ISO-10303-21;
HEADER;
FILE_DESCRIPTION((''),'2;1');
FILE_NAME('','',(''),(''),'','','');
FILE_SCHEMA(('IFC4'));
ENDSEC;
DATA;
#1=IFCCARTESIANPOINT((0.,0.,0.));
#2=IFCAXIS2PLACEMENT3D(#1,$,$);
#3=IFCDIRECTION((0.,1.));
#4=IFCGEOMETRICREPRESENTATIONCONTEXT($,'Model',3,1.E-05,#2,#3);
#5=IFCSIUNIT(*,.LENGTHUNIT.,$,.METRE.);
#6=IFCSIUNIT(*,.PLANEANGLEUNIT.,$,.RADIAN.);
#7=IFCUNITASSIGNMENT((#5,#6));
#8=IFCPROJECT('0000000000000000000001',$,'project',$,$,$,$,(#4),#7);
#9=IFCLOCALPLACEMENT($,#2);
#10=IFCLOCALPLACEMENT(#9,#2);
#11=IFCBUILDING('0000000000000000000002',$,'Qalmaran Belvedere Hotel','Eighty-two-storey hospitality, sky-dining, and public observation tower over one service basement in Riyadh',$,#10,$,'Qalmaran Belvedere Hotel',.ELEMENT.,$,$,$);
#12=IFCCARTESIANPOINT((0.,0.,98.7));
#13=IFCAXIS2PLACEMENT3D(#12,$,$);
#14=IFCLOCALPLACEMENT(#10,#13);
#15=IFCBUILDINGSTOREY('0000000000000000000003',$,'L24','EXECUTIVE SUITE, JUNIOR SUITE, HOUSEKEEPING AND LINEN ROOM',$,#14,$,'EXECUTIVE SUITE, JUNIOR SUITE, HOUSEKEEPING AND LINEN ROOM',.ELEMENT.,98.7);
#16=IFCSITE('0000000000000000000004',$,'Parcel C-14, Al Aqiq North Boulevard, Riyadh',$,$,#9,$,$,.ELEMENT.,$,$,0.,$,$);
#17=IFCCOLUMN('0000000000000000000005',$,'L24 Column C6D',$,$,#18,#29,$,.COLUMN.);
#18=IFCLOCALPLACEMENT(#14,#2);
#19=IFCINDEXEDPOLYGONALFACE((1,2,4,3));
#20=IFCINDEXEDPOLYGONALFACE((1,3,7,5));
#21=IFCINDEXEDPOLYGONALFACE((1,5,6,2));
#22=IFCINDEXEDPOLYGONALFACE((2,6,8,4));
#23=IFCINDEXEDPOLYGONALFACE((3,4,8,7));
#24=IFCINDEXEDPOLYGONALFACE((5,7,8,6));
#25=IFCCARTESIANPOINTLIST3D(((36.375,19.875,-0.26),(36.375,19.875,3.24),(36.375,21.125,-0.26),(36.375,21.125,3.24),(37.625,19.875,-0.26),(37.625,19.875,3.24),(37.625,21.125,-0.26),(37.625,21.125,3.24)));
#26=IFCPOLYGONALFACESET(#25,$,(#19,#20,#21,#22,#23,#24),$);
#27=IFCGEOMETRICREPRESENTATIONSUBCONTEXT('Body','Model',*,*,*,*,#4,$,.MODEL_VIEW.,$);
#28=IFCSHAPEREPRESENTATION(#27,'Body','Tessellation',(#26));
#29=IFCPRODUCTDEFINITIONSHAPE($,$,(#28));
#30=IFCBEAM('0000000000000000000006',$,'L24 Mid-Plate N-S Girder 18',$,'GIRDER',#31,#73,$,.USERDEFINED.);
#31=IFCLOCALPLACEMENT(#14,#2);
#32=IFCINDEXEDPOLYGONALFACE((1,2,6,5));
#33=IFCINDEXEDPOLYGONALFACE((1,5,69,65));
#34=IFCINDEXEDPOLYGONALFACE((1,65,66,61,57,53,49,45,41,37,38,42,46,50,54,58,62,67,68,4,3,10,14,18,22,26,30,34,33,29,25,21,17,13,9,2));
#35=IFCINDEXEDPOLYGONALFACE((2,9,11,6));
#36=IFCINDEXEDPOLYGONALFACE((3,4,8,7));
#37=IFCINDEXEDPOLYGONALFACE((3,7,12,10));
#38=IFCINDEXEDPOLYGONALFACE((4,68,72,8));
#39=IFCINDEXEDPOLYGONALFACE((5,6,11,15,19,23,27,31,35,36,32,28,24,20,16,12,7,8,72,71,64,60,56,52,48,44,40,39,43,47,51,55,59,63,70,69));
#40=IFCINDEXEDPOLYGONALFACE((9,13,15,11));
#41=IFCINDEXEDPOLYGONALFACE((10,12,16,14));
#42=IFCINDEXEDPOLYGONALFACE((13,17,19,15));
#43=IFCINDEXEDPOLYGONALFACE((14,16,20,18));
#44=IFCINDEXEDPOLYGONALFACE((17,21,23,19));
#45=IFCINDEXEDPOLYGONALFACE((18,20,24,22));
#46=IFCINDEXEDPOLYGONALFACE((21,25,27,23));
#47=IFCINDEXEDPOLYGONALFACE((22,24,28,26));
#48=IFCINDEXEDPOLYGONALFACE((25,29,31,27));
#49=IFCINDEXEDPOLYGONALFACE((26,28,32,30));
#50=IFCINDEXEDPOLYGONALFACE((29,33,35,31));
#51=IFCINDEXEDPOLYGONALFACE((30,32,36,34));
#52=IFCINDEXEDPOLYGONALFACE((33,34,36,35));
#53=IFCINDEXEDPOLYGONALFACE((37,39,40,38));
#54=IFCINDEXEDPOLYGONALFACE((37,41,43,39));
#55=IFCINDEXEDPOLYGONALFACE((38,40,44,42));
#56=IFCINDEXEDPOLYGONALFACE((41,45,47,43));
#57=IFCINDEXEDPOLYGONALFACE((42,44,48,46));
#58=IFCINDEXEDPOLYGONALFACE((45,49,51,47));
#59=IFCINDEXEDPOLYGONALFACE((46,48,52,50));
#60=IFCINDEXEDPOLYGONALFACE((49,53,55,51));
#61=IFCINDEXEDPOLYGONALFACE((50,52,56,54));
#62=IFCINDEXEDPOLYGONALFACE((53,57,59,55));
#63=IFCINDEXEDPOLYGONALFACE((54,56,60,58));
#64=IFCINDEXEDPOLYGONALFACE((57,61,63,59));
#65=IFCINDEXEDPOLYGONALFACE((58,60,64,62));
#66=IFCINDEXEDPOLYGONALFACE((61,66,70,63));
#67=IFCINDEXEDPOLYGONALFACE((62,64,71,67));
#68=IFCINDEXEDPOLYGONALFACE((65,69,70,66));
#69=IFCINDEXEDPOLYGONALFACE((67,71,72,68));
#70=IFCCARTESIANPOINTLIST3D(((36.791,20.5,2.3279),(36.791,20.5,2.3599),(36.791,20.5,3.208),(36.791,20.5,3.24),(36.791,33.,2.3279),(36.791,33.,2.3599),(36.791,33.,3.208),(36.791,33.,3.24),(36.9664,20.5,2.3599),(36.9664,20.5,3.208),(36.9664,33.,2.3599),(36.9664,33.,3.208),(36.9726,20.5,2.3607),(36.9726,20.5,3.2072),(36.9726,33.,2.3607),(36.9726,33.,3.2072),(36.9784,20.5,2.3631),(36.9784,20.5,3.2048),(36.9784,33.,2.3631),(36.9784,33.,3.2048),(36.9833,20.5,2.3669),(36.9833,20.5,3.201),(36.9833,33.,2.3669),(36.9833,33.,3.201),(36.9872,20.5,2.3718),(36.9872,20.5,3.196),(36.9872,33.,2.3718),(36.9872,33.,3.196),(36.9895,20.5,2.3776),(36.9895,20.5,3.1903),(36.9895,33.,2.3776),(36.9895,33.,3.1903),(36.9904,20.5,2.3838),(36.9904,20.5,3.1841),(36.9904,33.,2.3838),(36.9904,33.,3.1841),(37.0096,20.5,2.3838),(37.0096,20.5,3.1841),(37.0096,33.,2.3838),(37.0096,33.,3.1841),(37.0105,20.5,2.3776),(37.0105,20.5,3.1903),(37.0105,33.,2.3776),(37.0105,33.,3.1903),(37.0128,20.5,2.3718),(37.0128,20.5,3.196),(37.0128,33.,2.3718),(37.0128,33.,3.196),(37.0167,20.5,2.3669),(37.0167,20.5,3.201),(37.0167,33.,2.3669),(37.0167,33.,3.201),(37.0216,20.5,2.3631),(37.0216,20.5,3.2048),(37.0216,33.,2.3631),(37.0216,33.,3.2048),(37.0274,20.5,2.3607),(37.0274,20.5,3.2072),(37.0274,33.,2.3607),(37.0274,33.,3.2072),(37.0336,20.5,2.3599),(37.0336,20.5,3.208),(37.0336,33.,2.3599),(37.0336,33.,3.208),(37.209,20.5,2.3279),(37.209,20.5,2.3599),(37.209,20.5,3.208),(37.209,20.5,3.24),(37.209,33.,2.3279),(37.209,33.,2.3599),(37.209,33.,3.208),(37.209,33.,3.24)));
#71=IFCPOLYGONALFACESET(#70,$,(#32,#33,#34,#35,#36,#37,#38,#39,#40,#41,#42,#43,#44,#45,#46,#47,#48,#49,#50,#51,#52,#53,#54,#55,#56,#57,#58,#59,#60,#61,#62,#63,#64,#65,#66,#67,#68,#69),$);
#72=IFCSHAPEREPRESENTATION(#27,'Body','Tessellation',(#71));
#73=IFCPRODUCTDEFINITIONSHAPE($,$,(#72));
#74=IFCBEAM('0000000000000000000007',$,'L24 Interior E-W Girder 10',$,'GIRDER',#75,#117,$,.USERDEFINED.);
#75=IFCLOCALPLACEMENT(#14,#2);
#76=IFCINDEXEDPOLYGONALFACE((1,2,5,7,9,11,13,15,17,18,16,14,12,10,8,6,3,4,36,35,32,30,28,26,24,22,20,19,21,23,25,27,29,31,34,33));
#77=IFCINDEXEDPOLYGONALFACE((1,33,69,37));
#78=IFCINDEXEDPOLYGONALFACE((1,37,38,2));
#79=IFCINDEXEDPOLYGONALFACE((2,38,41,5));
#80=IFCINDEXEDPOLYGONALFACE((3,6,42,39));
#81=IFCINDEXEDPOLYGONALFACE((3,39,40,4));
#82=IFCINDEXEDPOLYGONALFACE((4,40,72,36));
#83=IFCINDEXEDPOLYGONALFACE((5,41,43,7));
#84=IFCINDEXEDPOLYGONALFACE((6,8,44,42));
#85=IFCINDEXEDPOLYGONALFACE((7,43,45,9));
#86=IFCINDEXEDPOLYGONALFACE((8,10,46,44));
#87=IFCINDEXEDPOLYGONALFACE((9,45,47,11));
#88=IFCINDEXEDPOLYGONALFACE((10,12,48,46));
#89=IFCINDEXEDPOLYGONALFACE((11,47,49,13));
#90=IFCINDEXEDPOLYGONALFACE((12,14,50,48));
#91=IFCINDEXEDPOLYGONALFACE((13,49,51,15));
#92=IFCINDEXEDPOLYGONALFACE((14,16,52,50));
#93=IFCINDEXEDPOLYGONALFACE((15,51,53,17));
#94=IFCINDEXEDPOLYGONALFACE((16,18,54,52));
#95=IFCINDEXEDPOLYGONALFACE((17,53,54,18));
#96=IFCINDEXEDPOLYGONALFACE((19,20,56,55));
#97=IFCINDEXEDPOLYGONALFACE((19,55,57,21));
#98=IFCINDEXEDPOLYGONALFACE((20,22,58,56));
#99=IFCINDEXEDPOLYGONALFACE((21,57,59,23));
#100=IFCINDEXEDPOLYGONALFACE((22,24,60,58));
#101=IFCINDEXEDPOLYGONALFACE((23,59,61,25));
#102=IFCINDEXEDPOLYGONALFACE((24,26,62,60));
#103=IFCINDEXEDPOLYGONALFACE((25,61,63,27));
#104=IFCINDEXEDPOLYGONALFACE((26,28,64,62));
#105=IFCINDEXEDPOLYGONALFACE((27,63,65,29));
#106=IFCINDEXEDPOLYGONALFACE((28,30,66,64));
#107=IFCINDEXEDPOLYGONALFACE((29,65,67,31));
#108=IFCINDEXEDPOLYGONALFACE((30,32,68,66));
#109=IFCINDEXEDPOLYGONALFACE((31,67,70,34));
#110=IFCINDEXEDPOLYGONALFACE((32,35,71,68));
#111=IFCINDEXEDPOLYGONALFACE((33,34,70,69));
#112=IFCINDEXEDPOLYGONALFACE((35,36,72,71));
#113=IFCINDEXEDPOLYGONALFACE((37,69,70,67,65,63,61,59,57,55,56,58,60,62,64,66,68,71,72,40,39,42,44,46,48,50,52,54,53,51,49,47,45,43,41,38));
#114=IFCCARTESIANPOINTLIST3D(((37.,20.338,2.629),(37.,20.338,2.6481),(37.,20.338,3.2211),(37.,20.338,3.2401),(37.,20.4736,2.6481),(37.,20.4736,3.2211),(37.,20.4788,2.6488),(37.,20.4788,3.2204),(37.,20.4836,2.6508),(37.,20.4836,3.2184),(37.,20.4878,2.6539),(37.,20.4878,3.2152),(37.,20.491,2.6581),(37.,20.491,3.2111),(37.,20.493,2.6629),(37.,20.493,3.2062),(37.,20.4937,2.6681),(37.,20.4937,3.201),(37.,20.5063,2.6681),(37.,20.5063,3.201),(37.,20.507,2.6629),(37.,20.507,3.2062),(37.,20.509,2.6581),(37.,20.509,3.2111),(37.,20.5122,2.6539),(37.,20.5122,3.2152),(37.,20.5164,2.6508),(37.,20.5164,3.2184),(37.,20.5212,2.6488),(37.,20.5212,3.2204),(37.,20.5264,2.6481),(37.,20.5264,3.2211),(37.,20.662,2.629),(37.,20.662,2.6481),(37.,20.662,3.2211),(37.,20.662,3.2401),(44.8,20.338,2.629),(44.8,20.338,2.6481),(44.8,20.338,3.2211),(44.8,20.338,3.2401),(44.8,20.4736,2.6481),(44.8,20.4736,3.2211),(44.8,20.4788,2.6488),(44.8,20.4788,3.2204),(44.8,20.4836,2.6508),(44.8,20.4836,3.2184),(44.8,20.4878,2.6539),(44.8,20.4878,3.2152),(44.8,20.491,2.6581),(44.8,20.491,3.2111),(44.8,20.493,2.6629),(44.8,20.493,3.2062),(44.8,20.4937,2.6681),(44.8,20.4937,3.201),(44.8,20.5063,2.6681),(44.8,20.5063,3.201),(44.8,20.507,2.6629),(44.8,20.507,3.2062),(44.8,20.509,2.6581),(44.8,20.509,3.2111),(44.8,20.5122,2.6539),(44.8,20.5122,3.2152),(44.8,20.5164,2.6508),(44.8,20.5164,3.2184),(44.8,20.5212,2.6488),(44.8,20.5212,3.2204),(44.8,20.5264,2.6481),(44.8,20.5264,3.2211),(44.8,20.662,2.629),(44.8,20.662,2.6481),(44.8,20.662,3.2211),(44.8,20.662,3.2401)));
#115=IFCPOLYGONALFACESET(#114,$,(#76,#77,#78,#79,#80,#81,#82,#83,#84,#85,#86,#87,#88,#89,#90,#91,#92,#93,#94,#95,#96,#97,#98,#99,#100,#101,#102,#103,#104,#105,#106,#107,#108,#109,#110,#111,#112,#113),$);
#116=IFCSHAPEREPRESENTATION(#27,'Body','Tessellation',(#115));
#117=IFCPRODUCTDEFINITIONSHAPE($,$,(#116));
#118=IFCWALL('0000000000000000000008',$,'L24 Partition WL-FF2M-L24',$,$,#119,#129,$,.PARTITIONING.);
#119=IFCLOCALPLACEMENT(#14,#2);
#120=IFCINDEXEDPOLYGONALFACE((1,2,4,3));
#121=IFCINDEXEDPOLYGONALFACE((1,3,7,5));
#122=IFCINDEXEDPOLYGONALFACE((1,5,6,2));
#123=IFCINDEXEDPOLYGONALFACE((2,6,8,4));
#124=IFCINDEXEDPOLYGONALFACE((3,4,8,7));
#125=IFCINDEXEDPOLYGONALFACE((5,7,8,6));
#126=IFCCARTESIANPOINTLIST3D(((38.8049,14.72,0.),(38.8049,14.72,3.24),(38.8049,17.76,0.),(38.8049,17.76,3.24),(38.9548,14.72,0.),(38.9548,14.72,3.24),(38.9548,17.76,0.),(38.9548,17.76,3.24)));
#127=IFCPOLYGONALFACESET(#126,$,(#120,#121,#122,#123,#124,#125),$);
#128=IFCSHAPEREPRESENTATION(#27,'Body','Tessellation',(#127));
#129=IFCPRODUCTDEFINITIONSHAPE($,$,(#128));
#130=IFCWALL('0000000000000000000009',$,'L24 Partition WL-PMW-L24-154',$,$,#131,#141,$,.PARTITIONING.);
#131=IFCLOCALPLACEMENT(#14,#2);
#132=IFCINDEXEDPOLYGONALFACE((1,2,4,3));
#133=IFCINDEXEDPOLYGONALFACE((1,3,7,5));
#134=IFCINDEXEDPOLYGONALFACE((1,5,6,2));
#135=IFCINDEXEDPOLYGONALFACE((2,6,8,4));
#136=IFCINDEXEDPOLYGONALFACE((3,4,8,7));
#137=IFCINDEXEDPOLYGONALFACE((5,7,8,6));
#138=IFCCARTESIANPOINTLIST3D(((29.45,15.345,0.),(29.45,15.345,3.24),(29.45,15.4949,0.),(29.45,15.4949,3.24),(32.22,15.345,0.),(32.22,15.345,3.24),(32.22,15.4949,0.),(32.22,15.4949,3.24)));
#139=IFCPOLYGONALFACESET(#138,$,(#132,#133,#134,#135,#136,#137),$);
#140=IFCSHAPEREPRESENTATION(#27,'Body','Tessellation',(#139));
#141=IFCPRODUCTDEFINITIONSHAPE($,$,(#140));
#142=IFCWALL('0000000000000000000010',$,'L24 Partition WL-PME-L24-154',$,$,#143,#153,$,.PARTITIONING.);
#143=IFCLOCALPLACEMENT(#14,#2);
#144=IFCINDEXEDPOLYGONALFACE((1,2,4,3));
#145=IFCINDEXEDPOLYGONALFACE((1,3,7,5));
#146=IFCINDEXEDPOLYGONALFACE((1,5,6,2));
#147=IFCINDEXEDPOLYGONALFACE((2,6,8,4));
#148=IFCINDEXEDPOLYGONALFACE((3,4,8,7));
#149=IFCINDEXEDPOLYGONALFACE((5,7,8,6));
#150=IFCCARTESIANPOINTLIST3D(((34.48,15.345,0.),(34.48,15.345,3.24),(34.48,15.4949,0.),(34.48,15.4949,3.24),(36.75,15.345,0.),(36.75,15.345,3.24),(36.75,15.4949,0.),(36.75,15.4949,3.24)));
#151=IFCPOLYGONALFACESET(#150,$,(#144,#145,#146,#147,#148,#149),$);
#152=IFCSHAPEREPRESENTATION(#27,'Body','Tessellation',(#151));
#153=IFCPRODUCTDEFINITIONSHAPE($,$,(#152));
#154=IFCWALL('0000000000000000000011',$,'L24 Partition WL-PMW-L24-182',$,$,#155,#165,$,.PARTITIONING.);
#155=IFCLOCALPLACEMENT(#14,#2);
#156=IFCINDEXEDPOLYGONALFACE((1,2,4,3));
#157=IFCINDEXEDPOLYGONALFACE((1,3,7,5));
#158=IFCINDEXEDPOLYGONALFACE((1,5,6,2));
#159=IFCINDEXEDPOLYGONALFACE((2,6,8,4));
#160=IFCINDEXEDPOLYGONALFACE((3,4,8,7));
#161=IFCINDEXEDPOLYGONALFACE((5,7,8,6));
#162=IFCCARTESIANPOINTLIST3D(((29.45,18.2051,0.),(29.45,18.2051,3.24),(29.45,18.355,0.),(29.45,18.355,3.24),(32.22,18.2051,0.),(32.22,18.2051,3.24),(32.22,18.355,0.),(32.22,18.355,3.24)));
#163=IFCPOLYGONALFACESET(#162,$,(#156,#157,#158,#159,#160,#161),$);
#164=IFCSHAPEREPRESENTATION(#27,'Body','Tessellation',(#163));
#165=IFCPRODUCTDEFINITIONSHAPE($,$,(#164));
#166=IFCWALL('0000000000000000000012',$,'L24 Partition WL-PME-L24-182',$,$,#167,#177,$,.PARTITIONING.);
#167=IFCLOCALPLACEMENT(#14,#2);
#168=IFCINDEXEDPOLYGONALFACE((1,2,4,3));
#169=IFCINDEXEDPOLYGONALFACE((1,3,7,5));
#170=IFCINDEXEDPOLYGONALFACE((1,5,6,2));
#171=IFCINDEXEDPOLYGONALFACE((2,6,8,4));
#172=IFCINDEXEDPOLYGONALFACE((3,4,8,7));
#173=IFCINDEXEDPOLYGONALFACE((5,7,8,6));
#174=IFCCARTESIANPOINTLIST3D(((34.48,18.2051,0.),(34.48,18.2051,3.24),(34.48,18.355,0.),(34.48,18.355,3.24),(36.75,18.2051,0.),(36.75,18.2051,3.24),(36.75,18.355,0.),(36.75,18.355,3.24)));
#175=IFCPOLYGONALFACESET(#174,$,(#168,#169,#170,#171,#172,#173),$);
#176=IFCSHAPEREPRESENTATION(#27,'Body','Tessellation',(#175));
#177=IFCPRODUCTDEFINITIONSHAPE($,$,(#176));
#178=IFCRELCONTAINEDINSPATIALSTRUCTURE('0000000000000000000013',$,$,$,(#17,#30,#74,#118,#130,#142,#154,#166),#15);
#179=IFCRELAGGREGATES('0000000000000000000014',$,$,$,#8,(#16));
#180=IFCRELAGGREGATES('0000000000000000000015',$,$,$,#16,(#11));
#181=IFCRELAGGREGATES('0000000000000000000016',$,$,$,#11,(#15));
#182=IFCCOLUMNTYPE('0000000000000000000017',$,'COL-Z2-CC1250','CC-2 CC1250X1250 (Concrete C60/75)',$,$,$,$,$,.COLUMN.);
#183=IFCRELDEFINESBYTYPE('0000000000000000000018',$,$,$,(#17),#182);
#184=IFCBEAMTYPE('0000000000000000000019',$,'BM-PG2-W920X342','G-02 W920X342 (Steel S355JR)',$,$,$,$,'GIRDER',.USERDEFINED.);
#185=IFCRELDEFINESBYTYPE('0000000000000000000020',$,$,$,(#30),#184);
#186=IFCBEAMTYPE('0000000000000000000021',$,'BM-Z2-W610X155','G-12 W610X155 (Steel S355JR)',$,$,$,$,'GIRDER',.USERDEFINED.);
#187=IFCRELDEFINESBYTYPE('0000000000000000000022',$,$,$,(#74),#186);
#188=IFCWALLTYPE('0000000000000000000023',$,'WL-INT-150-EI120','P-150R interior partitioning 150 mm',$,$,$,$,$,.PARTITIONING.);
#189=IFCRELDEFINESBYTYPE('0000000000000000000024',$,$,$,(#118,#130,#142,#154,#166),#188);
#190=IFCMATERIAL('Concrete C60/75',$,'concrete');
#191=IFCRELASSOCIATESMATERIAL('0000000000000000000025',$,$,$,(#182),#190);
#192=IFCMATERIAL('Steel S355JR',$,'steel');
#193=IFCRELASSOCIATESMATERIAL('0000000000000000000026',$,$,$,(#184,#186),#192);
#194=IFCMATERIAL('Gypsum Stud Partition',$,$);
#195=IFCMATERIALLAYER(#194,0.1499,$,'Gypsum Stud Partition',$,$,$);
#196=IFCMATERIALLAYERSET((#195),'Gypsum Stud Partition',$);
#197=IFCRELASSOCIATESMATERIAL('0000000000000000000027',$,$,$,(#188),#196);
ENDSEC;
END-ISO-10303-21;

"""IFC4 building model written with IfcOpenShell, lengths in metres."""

from ifc_helpers import new_model, si_unit, direction, frame, frame_2d, origin, origin_2d, place, context, subcontext, project, spatial, rectangle, i_section, extrude, material, layer, layer_set, material_profile, profile_set, type_object, element, save


model = new_model("IFC4")

# Units and contexts
model_context = context("Model", 3, precision=1e-05, world=origin(), true_north=direction((0.0, 1.0)))
body_context = subcontext(model_context, "Body", "Model", "MODEL_VIEW")
ifc_project = project(units=[si_unit("LENGTHUNIT", "METRE"), si_unit("PLANEANGLEUNIT", "RADIAN")], contexts=[model_context])

# Site, building, storey
site_placement = place(None, origin())
site = spatial("IfcSite", under=ifc_project, at=site_placement, Name="Parcel C-14, Al Aqiq North Boulevard, Riyadh", CompositionType="ELEMENT", RefElevation=0.0)
building_placement = place(site_placement, origin())
building = spatial("IfcBuilding", under=site, at=building_placement, Name="Qalmaran Belvedere Hotel", Description="Eighty-two-storey hospitality, sky-dining, and public observation tower over one service basement in Riyadh", LongName="Qalmaran Belvedere Hotel", CompositionType="ELEMENT")
storey_placement = place(building_placement, frame((0.0, 0.0, 98.7)))
storey = spatial("IfcBuildingStorey", under=building, at=storey_placement, Name="L24", Description="EXECUTIVE SUITE, JUNIOR SUITE, HOUSEKEEPING AND LINEN ROOM", LongName="EXECUTIVE SUITE, JUNIOR SUITE, HOUSEKEEPING AND LINEN ROOM", CompositionType="ELEMENT", Elevation=98.7)

# Column
ifc_material_1 = material(Name="Concrete C60/75", Category="concrete")
ifc_material_profile_1 = material_profile(ifc_material_1, rectangle(XDim=1.25, YDim=1.25, at=origin_2d()), Name="CC1250X1250")
ifc_profile_set_1 = profile_set([ifc_material_profile_1], Name="Concrete C60/75")
column_type = type_object("IfcColumnType", Name="COL-Z2-CC1250", Description="CC-2 CC1250X1250 (Concrete C60/75)", PredefinedType="COLUMN", material=ifc_profile_set_1)
column_placement = place(storey_placement, frame((37.0, 20.5, -0.26), z_axis=(0.0, 0.0, 1.0), x_axis=(1.0, 0.0, 0.0)))
element("IfcColumn", 1, at=column_placement, inside=storey, type_object=column_type, Name="L24 Column C6D", PredefinedType="COLUMN", context=body_context, shape_type="SweptSolid", body=[
    extrude(rectangle(XDim=1.25, YDim=1.25, at=origin_2d()), origin(), (0.0, 0.0, 1.0), 3.5),
])

# Beams
ifc_material_2 = material(Name="Steel S355JR", Category="steel")
ifc_material_profile_2 = material_profile(ifc_material_2, i_section(OverallWidth=0.418, OverallDepth=0.9121, WebThickness=0.0193, FlangeThickness=0.032, FilletRadius=0.0239, at=origin_2d()), Name="W920X342")
ifc_profile_set_2 = profile_set([ifc_material_profile_2], Name="Steel S355JR")
beam_type_1 = type_object("IfcBeamType", Name="BM-PG2-W920X342", Description="G-02 W920X342 (Steel S355JR)", ElementType="GIRDER", PredefinedType="USERDEFINED", material=ifc_profile_set_2)
beam_1_placement = place(storey_placement, frame((37.0, 20.5, 2.7839), z_axis=(0.0, 1.0, 0.0), x_axis=(-1.0, 0.0, 0.0)))
element("IfcBeam", 2, at=beam_1_placement, inside=storey, type_object=beam_type_1, Name="L24 Mid-Plate N-S Girder 18", ObjectType="GIRDER", PredefinedType="USERDEFINED", context=body_context, shape_type="SweptSolid", body=[
    extrude(i_section(OverallWidth=0.418, OverallDepth=0.9121, WebThickness=0.0193, FlangeThickness=0.032, FilletRadius=0.0239, at=origin_2d()), origin(), (0.0, 0.0, 1.0), 12.5),
])
ifc_material_profile_3 = material_profile(ifc_material_2, i_section(OverallWidth=0.324, OverallDepth=0.6111, WebThickness=0.0127, FlangeThickness=0.019, FilletRadius=0.02, at=origin_2d()), Name="W610X155")
ifc_profile_set_3 = profile_set([ifc_material_profile_3], Name="Steel S355JR")
beam_type_2 = type_object("IfcBeamType", Name="BM-Z2-W610X155", Description="G-12 W610X155 (Steel S355JR)", ElementType="GIRDER", PredefinedType="USERDEFINED", material=ifc_profile_set_3)
beam_2_placement = place(storey_placement, frame((37.0, 20.5, 2.9346), z_axis=(1.0, 0.0, 0.0), x_axis=(0.0, 1.0, 0.0)))
element("IfcBeam", 3, at=beam_2_placement, inside=storey, type_object=beam_type_2, Name="L24 Interior E-W Girder 10", ObjectType="GIRDER", PredefinedType="USERDEFINED", context=body_context, shape_type="SweptSolid", body=[
    extrude(i_section(OverallWidth=0.324, OverallDepth=0.6111, WebThickness=0.0127, FlangeThickness=0.019, FilletRadius=0.02, at=origin_2d()), origin(), (0.0, 0.0, 1.0), 7.8),
])

# Walls
ifc_material_3 = material(Name="Gypsum Stud Partition")
ifc_layer_1 = layer(ifc_material_3, 0.1499, Name="Gypsum Stud Partition")
ifc_layer_set_1 = layer_set([ifc_layer_1], Name="Gypsum Stud Partition")
wall_type_1 = type_object("IfcWallType", Name="WL-INT-150-EI120", Description="P-150R interior partitioning 150 mm", PredefinedType="PARTITIONING", material=ifc_layer_set_1)
wall_1_placement = place(storey_placement, frame((38.8799, 14.72, 0.0), z_axis=(0.0, 0.0, 1.0), x_axis=(0.0, 1.0, 0.0)))
element("IfcWall", 4, at=wall_1_placement, inside=storey, type_object=wall_type_1, Name="L24 Partition WL-FF2M-L24", PredefinedType="PARTITIONING", context=body_context, shape_type="SweptSolid", body=[
    extrude(rectangle(XDim=3.04, YDim=0.1499, at=frame_2d((1.52, 0.0))), origin(), (0.0, 0.0, 1.0), 3.24),
])
wall_2_placement = place(storey_placement, frame((29.45, 15.4199, 0.0), z_axis=(0.0, 0.0, 1.0), x_axis=(1.0, 0.0, 0.0)))
element("IfcWall", 5, at=wall_2_placement, inside=storey, type_object=wall_type_1, Name="L24 Partition WL-PMW-L24-154", PredefinedType="PARTITIONING", context=body_context, shape_type="SweptSolid", body=[
    extrude(rectangle(XDim=2.77, YDim=0.1499, at=frame_2d((1.385, 0.0))), origin(), (0.0, 0.0, 1.0), 3.24),
])
wall_3_placement = place(storey_placement, frame((34.48, 15.4199, 0.0), z_axis=(0.0, 0.0, 1.0), x_axis=(1.0, 0.0, 0.0)))
element("IfcWall", 6, at=wall_3_placement, inside=storey, type_object=wall_type_1, Name="L24 Partition WL-PME-L24-154", PredefinedType="PARTITIONING", context=body_context, shape_type="SweptSolid", body=[
    extrude(rectangle(XDim=2.27, YDim=0.1499, at=frame_2d((1.135, 0.0))), origin(), (0.0, 0.0, 1.0), 3.24),
])
wall_4_placement = place(storey_placement, frame((29.45, 18.28, 0.0), z_axis=(0.0, 0.0, 1.0), x_axis=(1.0, 0.0, 0.0)))
element("IfcWall", 7, at=wall_4_placement, inside=storey, type_object=wall_type_1, Name="L24 Partition WL-PMW-L24-182", PredefinedType="PARTITIONING", context=body_context, shape_type="SweptSolid", body=[
    extrude(rectangle(XDim=2.77, YDim=0.1499, at=frame_2d((1.385, 0.0))), origin(), (0.0, 0.0, 1.0), 3.24),
])
wall_5_placement = place(storey_placement, frame((34.48, 18.28, 0.0), z_axis=(0.0, 0.0, 1.0), x_axis=(1.0, 0.0, 0.0)))
element("IfcWall", 8, at=wall_5_placement, inside=storey, type_object=wall_type_1, Name="L24 Partition WL-PME-L24-182", PredefinedType="PARTITIONING", context=body_context, shape_type="SweptSolid", body=[
    extrude(rectangle(XDim=2.27, YDim=0.1499, at=frame_2d((1.135, 0.0))), origin(), (0.0, 0.0, 1.0), 3.24),
])

save(model, "model.ifc")
